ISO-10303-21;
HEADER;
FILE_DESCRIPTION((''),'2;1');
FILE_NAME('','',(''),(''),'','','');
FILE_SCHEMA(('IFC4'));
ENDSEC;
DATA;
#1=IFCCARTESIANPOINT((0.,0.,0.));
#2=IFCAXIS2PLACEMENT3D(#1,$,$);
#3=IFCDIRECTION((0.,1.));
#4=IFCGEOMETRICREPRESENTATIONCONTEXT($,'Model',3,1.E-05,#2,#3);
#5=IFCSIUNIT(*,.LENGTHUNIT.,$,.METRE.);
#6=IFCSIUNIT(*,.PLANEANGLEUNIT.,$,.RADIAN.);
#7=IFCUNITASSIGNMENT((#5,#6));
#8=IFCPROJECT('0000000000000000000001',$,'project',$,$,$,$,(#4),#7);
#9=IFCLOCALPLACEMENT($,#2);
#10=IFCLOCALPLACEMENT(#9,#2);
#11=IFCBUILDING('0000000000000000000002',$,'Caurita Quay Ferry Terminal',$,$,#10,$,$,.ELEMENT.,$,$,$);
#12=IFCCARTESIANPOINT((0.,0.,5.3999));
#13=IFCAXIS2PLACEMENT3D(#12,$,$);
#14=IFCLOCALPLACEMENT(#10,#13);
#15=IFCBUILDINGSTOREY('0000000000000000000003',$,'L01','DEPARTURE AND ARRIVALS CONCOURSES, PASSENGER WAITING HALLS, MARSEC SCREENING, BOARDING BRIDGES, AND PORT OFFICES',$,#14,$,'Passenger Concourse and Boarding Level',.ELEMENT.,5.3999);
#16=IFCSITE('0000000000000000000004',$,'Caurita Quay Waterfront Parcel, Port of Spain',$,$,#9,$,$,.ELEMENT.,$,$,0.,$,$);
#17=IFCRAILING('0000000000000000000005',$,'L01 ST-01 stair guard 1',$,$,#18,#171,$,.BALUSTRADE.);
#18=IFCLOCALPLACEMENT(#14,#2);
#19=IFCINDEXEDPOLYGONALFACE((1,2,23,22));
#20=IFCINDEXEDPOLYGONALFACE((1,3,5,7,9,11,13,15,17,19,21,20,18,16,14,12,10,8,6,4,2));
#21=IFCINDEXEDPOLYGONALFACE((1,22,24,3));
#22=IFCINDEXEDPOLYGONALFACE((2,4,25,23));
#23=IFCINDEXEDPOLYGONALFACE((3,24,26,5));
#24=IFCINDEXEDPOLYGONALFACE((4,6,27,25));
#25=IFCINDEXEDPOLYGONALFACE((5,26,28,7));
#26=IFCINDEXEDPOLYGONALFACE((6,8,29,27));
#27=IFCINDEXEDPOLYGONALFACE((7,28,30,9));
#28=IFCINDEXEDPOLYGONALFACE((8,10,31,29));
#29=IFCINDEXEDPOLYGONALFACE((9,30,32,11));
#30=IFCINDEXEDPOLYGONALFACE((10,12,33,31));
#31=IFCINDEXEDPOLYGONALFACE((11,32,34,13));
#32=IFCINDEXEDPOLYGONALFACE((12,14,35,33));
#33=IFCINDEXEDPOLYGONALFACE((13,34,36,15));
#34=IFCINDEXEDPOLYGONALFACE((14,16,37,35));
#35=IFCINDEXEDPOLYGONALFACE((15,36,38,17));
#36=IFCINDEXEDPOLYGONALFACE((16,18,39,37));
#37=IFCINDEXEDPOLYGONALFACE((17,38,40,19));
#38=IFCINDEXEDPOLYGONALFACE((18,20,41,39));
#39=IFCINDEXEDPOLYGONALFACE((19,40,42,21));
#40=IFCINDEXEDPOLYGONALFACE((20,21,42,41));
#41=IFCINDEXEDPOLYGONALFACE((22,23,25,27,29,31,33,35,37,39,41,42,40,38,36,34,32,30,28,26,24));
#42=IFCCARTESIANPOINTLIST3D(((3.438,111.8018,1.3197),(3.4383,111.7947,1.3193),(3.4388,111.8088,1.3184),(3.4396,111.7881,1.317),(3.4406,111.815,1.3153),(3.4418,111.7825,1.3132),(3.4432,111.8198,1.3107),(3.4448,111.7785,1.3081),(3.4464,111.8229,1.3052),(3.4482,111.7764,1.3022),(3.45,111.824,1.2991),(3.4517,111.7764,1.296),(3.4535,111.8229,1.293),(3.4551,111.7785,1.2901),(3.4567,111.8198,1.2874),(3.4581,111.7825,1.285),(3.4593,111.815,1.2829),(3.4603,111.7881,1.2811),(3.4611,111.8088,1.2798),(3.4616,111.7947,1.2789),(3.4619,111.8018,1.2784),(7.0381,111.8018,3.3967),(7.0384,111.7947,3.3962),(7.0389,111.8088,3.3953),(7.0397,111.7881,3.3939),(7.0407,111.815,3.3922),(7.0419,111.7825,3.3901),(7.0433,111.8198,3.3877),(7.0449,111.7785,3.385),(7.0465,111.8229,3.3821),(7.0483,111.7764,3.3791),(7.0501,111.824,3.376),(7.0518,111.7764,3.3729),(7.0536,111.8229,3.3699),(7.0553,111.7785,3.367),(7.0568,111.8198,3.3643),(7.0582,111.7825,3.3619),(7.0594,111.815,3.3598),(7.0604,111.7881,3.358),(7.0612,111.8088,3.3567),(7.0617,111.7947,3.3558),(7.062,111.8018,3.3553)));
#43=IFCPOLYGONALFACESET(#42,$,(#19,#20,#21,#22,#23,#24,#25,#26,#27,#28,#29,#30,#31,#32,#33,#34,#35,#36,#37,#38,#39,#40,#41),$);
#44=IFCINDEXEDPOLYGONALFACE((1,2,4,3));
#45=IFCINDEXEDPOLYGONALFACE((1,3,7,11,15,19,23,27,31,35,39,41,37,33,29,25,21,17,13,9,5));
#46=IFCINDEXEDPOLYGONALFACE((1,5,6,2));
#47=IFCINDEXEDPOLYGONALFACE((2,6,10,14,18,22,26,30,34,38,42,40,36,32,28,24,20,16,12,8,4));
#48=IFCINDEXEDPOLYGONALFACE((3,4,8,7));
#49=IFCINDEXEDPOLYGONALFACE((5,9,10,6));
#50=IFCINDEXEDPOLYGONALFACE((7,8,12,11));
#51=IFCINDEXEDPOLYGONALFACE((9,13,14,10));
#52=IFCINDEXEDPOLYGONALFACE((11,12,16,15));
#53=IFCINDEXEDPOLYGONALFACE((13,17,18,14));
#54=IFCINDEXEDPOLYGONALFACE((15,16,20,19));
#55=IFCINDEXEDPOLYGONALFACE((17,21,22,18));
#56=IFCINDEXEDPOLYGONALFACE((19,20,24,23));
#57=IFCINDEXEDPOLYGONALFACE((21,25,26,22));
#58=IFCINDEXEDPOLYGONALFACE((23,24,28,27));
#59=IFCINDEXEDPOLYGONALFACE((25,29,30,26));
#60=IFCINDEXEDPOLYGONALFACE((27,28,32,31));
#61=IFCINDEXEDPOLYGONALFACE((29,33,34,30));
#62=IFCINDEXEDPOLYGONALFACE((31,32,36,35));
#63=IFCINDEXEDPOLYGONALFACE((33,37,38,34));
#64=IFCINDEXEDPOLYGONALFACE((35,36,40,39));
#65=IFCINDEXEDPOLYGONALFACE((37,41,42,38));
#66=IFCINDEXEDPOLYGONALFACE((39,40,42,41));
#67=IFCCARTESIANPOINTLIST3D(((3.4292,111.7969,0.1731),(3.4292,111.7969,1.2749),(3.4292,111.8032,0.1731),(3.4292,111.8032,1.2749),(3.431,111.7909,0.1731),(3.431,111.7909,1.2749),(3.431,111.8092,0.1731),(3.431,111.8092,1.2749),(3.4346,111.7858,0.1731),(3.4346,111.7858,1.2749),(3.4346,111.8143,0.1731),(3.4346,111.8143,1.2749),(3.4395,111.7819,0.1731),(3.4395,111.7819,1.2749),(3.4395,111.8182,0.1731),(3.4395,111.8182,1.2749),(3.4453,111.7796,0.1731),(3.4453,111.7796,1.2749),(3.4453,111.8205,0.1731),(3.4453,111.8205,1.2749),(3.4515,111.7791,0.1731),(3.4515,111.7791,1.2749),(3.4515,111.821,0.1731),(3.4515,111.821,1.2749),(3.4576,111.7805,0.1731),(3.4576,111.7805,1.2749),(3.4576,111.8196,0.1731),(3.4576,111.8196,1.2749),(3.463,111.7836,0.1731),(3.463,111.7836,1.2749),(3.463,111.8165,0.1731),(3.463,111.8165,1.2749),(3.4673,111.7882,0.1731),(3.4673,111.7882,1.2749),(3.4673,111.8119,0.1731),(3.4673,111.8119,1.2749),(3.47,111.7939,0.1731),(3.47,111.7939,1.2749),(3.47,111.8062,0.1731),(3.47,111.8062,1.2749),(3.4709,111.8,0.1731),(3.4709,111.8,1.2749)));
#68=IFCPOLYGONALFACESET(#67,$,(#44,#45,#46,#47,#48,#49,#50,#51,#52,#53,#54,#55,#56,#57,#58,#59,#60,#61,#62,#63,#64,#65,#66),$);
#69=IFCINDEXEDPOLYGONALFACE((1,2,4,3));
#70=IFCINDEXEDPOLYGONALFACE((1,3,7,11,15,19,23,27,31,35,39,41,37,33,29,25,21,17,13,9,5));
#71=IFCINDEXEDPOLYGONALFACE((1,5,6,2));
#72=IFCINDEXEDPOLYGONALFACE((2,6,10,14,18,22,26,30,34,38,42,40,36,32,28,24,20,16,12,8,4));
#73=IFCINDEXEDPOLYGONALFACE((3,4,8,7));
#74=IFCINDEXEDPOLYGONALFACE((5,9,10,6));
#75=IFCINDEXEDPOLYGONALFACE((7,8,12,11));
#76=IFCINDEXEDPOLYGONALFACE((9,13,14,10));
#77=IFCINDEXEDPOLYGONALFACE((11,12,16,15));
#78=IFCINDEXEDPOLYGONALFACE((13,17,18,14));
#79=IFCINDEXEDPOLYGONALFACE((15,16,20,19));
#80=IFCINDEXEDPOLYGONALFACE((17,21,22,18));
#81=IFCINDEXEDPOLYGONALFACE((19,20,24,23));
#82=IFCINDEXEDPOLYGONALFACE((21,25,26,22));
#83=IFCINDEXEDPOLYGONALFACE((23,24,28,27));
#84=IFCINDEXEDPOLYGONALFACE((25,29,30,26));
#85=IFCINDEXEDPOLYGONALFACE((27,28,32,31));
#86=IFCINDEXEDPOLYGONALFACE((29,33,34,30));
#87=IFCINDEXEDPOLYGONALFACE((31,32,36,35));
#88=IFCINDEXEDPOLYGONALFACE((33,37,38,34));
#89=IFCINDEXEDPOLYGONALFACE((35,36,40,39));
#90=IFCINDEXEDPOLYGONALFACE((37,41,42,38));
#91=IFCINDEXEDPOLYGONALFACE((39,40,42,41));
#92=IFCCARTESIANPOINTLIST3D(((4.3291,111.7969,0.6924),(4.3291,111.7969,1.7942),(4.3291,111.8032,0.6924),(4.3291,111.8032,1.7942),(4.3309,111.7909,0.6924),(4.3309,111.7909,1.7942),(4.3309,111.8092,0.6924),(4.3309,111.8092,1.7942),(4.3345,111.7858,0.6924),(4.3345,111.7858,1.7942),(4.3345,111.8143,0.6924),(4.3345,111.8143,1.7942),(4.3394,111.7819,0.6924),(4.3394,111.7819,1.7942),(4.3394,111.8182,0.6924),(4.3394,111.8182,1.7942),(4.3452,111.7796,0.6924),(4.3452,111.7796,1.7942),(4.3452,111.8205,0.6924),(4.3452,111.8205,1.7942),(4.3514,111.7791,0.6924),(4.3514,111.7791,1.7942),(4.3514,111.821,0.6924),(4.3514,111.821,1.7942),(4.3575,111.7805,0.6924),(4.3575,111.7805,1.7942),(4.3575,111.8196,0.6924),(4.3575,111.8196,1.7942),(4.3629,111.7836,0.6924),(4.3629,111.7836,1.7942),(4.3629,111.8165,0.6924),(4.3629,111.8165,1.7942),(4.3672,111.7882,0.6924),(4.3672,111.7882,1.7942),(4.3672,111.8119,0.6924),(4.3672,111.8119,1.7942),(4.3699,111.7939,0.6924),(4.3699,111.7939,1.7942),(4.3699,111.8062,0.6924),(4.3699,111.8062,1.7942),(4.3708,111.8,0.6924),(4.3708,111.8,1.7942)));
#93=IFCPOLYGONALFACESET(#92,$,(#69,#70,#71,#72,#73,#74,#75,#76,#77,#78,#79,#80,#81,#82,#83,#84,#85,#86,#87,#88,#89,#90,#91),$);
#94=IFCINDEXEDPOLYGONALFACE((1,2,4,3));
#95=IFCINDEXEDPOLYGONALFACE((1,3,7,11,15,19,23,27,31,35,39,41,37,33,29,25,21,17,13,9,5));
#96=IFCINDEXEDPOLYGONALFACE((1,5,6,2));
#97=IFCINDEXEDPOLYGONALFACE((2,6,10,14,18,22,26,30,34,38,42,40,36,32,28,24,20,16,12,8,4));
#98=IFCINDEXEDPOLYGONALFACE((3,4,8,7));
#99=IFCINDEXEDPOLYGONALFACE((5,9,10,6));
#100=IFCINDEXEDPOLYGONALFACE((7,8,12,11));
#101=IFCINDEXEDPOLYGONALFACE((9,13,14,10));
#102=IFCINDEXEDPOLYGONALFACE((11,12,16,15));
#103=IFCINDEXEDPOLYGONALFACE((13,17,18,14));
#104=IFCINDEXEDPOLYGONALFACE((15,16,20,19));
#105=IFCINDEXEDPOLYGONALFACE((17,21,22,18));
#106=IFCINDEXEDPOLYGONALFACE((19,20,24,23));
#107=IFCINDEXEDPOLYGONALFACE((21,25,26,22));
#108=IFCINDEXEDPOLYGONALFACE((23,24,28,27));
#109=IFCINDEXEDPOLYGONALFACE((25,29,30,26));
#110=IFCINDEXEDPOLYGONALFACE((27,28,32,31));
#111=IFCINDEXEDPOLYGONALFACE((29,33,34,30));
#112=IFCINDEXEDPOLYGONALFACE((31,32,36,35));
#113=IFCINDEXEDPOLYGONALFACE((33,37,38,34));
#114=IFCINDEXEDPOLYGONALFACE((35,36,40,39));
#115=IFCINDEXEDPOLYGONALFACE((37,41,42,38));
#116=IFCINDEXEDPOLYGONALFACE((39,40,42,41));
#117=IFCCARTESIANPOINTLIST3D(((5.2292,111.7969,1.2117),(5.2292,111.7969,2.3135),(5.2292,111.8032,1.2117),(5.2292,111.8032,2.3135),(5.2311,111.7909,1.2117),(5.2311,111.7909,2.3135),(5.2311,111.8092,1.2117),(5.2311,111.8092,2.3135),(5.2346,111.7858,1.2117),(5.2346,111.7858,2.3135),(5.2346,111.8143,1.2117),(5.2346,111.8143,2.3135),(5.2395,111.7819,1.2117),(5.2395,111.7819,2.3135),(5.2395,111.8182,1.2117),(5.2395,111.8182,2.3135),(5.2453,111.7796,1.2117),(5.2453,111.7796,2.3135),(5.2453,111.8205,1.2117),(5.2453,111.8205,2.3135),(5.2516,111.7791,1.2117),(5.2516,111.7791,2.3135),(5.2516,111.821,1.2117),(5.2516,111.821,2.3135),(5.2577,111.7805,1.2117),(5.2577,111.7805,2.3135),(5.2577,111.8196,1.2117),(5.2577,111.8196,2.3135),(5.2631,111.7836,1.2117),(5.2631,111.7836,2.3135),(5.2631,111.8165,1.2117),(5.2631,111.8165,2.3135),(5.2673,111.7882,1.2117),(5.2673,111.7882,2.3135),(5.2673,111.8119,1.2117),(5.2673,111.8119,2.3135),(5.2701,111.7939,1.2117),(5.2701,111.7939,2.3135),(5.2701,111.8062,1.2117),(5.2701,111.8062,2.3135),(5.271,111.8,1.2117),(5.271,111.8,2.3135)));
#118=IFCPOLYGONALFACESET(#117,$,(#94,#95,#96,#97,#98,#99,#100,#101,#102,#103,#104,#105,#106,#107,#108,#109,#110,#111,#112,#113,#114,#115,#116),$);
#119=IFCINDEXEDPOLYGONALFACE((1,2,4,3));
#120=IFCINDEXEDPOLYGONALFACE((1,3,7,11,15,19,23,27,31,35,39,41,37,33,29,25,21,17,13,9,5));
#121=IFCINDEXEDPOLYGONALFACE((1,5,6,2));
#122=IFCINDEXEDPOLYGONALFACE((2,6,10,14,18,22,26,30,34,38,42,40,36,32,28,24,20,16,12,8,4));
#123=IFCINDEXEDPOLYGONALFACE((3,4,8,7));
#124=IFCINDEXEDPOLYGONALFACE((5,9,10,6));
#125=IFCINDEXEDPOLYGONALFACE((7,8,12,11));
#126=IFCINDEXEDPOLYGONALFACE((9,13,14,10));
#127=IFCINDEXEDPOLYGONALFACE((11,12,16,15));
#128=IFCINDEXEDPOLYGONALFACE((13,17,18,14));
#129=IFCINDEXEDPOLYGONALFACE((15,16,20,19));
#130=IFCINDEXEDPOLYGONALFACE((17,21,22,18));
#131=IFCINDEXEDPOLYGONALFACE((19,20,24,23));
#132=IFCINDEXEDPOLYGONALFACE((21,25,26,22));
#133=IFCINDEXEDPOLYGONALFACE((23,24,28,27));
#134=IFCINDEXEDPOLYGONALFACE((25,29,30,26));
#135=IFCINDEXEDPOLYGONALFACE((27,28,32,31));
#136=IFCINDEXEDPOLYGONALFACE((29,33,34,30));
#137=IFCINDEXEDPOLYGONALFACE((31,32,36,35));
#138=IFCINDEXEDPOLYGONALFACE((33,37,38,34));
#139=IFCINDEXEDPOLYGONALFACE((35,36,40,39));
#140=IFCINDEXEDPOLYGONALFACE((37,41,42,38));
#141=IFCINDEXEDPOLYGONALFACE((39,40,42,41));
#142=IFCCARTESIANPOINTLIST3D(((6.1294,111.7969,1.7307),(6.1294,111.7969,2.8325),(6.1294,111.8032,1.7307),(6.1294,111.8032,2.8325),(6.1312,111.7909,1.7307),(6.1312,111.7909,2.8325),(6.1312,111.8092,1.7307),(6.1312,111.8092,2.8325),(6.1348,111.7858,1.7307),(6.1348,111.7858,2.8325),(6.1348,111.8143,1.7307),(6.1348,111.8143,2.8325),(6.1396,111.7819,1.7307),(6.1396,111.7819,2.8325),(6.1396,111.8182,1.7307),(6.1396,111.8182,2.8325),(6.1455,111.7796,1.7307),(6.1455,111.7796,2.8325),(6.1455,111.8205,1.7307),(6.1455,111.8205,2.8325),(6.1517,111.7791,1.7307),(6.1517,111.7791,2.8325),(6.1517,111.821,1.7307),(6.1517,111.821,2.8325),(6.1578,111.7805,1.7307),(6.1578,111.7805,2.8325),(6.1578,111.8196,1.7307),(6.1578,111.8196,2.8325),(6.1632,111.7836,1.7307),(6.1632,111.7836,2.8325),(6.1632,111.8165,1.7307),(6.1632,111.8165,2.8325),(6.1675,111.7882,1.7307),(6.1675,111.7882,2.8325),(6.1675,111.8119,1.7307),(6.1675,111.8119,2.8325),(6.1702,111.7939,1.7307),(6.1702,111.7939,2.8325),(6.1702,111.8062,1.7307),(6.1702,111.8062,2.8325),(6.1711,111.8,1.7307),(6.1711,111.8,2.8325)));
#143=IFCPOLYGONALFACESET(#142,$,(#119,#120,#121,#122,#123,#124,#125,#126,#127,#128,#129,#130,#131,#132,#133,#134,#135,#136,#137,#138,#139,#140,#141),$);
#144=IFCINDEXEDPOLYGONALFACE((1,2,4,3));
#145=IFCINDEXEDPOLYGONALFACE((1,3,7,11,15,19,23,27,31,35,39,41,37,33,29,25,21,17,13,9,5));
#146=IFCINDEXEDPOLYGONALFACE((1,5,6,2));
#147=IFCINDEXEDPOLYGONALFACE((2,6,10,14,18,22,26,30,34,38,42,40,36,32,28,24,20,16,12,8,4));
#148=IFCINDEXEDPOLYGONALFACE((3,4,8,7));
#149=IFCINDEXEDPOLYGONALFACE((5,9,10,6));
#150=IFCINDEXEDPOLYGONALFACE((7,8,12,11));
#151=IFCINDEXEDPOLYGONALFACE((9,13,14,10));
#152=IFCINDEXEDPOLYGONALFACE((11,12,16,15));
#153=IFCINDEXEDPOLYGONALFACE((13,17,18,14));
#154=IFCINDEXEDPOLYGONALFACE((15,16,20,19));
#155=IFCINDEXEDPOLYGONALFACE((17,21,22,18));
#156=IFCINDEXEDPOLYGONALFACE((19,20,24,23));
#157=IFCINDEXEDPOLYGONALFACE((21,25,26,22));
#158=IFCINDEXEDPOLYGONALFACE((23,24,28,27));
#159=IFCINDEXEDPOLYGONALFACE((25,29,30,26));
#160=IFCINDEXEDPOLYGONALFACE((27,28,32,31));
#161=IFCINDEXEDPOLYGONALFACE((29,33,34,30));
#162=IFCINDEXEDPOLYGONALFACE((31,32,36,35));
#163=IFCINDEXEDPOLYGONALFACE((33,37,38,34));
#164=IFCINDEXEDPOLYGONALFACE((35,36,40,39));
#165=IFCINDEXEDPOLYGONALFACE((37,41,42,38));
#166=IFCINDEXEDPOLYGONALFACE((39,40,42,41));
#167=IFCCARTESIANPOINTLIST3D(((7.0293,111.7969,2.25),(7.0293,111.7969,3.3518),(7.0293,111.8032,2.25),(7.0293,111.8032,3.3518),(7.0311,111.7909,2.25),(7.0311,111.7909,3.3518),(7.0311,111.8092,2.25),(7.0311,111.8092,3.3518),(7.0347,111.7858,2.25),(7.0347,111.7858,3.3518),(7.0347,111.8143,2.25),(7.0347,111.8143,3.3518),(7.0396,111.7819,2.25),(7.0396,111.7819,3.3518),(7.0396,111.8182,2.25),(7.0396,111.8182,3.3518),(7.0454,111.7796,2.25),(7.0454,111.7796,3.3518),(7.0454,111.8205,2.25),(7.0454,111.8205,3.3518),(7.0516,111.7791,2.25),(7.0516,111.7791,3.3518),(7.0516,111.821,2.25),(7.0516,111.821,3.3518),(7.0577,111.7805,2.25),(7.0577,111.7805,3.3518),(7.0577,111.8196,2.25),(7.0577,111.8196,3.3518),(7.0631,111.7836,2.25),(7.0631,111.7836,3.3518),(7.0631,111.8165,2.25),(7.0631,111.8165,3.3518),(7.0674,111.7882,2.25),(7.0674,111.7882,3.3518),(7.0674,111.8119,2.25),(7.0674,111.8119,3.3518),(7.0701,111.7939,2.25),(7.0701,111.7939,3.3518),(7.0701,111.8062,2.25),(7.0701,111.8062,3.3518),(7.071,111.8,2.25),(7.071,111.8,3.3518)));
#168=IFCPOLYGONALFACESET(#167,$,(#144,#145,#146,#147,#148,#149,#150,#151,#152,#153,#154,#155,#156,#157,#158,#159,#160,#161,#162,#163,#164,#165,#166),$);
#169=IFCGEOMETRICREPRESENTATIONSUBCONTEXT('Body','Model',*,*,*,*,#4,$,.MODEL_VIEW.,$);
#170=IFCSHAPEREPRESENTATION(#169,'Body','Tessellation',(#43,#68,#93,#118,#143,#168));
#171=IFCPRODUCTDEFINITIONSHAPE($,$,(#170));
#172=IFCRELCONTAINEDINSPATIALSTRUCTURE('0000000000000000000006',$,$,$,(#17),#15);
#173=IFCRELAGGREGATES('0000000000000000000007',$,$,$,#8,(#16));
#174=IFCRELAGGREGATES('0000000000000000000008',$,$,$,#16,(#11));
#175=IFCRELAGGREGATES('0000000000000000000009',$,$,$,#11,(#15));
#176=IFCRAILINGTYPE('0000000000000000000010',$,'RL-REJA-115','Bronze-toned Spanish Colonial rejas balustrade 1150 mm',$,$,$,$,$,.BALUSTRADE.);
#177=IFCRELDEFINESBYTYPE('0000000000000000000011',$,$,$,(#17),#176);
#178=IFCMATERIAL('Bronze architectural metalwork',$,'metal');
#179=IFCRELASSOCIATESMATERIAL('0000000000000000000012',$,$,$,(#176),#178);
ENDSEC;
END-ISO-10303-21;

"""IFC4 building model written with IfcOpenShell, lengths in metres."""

from ifc_helpers import new_model, si_unit, direction, frame, origin, origin_2d, place, context, subcontext, project, spatial, circle, extrude, material, type_object, element, save


model = new_model("IFC4")

# Units and contexts
model_context = context("Model", 3, precision=1e-05, world=origin(), true_north=direction((0.0, 1.0)))
body_context = subcontext(model_context, "Body", "Model", "MODEL_VIEW")
ifc_project = project(units=[si_unit("LENGTHUNIT", "METRE"), si_unit("PLANEANGLEUNIT", "RADIAN")], contexts=[model_context])

# Site, building, storey
site_placement = place(None, origin())
site = spatial("IfcSite", under=ifc_project, at=site_placement, Name="Caurita Quay Waterfront Parcel, Port of Spain", CompositionType="ELEMENT", RefElevation=0.0)
building_placement = place(site_placement, origin())
building = spatial("IfcBuilding", under=site, at=building_placement, Name="Caurita Quay Ferry Terminal", CompositionType="ELEMENT")
storey_placement = place(building_placement, frame((0.0, 0.0, 5.3999)))
storey = spatial("IfcBuildingStorey", under=building, at=storey_placement, Name="L01", Description="DEPARTURE AND ARRIVALS CONCOURSES, PASSENGER WAITING HALLS, MARSEC SCREENING, BOARDING BRIDGES, AND PORT OFFICES", LongName="Passenger Concourse and Boarding Level", CompositionType="ELEMENT", Elevation=5.3999)

# Railing
ifc_material_1 = material(Name="Bronze architectural metalwork", Category="metal")
railing_type_1 = type_object("IfcRailingType", Name="RL-REJA-115", Description="Bronze-toned Spanish Colonial rejas balustrade 1150 mm", PredefinedType="BALUSTRADE", material=ifc_material_1)
railing_1_placement = place(storey_placement, frame((3.45, 111.8, 0.1731)))
element("IfcRailing", 1, at=railing_1_placement, inside=storey, type_object=railing_type_1, Name="L01 ST-01 stair guard 1", PredefinedType="BALUSTRADE", context=body_context, shape_type="SweptSolid", body=[
    extrude(circle(Radius=0.0239, at=origin_2d()), frame((0.0, 0.0, 1.126), z_axis=(0.866193, 0.0, 0.499709), x_axis=(0.0, 1.0, 0.0)), (0.0, 0.0, 1.0), 4.1562),
    extrude(circle(Radius=0.021, at=origin_2d()), origin(), (0.0, 0.0, 1.0), 1.1018),
    extrude(circle(Radius=0.021, at=origin_2d()), frame((0.8999, 0.0, 0.5193)), (0.0, 0.0, 1.0), 1.1018),
    extrude(circle(Radius=0.021, at=origin_2d()), frame((1.8, 0.0, 1.0386)), (0.0, 0.0, 1.0), 1.1018),
    extrude(circle(Radius=0.021, at=origin_2d()), frame((2.7002, 0.0, 1.5576)), (0.0, 0.0, 1.0), 1.1018),
    extrude(circle(Radius=0.021, at=origin_2d()), frame((3.6001, 0.0, 2.0769)), (0.0, 0.0, 1.0), 1.1018),
])

save(model, "model.ifc")
